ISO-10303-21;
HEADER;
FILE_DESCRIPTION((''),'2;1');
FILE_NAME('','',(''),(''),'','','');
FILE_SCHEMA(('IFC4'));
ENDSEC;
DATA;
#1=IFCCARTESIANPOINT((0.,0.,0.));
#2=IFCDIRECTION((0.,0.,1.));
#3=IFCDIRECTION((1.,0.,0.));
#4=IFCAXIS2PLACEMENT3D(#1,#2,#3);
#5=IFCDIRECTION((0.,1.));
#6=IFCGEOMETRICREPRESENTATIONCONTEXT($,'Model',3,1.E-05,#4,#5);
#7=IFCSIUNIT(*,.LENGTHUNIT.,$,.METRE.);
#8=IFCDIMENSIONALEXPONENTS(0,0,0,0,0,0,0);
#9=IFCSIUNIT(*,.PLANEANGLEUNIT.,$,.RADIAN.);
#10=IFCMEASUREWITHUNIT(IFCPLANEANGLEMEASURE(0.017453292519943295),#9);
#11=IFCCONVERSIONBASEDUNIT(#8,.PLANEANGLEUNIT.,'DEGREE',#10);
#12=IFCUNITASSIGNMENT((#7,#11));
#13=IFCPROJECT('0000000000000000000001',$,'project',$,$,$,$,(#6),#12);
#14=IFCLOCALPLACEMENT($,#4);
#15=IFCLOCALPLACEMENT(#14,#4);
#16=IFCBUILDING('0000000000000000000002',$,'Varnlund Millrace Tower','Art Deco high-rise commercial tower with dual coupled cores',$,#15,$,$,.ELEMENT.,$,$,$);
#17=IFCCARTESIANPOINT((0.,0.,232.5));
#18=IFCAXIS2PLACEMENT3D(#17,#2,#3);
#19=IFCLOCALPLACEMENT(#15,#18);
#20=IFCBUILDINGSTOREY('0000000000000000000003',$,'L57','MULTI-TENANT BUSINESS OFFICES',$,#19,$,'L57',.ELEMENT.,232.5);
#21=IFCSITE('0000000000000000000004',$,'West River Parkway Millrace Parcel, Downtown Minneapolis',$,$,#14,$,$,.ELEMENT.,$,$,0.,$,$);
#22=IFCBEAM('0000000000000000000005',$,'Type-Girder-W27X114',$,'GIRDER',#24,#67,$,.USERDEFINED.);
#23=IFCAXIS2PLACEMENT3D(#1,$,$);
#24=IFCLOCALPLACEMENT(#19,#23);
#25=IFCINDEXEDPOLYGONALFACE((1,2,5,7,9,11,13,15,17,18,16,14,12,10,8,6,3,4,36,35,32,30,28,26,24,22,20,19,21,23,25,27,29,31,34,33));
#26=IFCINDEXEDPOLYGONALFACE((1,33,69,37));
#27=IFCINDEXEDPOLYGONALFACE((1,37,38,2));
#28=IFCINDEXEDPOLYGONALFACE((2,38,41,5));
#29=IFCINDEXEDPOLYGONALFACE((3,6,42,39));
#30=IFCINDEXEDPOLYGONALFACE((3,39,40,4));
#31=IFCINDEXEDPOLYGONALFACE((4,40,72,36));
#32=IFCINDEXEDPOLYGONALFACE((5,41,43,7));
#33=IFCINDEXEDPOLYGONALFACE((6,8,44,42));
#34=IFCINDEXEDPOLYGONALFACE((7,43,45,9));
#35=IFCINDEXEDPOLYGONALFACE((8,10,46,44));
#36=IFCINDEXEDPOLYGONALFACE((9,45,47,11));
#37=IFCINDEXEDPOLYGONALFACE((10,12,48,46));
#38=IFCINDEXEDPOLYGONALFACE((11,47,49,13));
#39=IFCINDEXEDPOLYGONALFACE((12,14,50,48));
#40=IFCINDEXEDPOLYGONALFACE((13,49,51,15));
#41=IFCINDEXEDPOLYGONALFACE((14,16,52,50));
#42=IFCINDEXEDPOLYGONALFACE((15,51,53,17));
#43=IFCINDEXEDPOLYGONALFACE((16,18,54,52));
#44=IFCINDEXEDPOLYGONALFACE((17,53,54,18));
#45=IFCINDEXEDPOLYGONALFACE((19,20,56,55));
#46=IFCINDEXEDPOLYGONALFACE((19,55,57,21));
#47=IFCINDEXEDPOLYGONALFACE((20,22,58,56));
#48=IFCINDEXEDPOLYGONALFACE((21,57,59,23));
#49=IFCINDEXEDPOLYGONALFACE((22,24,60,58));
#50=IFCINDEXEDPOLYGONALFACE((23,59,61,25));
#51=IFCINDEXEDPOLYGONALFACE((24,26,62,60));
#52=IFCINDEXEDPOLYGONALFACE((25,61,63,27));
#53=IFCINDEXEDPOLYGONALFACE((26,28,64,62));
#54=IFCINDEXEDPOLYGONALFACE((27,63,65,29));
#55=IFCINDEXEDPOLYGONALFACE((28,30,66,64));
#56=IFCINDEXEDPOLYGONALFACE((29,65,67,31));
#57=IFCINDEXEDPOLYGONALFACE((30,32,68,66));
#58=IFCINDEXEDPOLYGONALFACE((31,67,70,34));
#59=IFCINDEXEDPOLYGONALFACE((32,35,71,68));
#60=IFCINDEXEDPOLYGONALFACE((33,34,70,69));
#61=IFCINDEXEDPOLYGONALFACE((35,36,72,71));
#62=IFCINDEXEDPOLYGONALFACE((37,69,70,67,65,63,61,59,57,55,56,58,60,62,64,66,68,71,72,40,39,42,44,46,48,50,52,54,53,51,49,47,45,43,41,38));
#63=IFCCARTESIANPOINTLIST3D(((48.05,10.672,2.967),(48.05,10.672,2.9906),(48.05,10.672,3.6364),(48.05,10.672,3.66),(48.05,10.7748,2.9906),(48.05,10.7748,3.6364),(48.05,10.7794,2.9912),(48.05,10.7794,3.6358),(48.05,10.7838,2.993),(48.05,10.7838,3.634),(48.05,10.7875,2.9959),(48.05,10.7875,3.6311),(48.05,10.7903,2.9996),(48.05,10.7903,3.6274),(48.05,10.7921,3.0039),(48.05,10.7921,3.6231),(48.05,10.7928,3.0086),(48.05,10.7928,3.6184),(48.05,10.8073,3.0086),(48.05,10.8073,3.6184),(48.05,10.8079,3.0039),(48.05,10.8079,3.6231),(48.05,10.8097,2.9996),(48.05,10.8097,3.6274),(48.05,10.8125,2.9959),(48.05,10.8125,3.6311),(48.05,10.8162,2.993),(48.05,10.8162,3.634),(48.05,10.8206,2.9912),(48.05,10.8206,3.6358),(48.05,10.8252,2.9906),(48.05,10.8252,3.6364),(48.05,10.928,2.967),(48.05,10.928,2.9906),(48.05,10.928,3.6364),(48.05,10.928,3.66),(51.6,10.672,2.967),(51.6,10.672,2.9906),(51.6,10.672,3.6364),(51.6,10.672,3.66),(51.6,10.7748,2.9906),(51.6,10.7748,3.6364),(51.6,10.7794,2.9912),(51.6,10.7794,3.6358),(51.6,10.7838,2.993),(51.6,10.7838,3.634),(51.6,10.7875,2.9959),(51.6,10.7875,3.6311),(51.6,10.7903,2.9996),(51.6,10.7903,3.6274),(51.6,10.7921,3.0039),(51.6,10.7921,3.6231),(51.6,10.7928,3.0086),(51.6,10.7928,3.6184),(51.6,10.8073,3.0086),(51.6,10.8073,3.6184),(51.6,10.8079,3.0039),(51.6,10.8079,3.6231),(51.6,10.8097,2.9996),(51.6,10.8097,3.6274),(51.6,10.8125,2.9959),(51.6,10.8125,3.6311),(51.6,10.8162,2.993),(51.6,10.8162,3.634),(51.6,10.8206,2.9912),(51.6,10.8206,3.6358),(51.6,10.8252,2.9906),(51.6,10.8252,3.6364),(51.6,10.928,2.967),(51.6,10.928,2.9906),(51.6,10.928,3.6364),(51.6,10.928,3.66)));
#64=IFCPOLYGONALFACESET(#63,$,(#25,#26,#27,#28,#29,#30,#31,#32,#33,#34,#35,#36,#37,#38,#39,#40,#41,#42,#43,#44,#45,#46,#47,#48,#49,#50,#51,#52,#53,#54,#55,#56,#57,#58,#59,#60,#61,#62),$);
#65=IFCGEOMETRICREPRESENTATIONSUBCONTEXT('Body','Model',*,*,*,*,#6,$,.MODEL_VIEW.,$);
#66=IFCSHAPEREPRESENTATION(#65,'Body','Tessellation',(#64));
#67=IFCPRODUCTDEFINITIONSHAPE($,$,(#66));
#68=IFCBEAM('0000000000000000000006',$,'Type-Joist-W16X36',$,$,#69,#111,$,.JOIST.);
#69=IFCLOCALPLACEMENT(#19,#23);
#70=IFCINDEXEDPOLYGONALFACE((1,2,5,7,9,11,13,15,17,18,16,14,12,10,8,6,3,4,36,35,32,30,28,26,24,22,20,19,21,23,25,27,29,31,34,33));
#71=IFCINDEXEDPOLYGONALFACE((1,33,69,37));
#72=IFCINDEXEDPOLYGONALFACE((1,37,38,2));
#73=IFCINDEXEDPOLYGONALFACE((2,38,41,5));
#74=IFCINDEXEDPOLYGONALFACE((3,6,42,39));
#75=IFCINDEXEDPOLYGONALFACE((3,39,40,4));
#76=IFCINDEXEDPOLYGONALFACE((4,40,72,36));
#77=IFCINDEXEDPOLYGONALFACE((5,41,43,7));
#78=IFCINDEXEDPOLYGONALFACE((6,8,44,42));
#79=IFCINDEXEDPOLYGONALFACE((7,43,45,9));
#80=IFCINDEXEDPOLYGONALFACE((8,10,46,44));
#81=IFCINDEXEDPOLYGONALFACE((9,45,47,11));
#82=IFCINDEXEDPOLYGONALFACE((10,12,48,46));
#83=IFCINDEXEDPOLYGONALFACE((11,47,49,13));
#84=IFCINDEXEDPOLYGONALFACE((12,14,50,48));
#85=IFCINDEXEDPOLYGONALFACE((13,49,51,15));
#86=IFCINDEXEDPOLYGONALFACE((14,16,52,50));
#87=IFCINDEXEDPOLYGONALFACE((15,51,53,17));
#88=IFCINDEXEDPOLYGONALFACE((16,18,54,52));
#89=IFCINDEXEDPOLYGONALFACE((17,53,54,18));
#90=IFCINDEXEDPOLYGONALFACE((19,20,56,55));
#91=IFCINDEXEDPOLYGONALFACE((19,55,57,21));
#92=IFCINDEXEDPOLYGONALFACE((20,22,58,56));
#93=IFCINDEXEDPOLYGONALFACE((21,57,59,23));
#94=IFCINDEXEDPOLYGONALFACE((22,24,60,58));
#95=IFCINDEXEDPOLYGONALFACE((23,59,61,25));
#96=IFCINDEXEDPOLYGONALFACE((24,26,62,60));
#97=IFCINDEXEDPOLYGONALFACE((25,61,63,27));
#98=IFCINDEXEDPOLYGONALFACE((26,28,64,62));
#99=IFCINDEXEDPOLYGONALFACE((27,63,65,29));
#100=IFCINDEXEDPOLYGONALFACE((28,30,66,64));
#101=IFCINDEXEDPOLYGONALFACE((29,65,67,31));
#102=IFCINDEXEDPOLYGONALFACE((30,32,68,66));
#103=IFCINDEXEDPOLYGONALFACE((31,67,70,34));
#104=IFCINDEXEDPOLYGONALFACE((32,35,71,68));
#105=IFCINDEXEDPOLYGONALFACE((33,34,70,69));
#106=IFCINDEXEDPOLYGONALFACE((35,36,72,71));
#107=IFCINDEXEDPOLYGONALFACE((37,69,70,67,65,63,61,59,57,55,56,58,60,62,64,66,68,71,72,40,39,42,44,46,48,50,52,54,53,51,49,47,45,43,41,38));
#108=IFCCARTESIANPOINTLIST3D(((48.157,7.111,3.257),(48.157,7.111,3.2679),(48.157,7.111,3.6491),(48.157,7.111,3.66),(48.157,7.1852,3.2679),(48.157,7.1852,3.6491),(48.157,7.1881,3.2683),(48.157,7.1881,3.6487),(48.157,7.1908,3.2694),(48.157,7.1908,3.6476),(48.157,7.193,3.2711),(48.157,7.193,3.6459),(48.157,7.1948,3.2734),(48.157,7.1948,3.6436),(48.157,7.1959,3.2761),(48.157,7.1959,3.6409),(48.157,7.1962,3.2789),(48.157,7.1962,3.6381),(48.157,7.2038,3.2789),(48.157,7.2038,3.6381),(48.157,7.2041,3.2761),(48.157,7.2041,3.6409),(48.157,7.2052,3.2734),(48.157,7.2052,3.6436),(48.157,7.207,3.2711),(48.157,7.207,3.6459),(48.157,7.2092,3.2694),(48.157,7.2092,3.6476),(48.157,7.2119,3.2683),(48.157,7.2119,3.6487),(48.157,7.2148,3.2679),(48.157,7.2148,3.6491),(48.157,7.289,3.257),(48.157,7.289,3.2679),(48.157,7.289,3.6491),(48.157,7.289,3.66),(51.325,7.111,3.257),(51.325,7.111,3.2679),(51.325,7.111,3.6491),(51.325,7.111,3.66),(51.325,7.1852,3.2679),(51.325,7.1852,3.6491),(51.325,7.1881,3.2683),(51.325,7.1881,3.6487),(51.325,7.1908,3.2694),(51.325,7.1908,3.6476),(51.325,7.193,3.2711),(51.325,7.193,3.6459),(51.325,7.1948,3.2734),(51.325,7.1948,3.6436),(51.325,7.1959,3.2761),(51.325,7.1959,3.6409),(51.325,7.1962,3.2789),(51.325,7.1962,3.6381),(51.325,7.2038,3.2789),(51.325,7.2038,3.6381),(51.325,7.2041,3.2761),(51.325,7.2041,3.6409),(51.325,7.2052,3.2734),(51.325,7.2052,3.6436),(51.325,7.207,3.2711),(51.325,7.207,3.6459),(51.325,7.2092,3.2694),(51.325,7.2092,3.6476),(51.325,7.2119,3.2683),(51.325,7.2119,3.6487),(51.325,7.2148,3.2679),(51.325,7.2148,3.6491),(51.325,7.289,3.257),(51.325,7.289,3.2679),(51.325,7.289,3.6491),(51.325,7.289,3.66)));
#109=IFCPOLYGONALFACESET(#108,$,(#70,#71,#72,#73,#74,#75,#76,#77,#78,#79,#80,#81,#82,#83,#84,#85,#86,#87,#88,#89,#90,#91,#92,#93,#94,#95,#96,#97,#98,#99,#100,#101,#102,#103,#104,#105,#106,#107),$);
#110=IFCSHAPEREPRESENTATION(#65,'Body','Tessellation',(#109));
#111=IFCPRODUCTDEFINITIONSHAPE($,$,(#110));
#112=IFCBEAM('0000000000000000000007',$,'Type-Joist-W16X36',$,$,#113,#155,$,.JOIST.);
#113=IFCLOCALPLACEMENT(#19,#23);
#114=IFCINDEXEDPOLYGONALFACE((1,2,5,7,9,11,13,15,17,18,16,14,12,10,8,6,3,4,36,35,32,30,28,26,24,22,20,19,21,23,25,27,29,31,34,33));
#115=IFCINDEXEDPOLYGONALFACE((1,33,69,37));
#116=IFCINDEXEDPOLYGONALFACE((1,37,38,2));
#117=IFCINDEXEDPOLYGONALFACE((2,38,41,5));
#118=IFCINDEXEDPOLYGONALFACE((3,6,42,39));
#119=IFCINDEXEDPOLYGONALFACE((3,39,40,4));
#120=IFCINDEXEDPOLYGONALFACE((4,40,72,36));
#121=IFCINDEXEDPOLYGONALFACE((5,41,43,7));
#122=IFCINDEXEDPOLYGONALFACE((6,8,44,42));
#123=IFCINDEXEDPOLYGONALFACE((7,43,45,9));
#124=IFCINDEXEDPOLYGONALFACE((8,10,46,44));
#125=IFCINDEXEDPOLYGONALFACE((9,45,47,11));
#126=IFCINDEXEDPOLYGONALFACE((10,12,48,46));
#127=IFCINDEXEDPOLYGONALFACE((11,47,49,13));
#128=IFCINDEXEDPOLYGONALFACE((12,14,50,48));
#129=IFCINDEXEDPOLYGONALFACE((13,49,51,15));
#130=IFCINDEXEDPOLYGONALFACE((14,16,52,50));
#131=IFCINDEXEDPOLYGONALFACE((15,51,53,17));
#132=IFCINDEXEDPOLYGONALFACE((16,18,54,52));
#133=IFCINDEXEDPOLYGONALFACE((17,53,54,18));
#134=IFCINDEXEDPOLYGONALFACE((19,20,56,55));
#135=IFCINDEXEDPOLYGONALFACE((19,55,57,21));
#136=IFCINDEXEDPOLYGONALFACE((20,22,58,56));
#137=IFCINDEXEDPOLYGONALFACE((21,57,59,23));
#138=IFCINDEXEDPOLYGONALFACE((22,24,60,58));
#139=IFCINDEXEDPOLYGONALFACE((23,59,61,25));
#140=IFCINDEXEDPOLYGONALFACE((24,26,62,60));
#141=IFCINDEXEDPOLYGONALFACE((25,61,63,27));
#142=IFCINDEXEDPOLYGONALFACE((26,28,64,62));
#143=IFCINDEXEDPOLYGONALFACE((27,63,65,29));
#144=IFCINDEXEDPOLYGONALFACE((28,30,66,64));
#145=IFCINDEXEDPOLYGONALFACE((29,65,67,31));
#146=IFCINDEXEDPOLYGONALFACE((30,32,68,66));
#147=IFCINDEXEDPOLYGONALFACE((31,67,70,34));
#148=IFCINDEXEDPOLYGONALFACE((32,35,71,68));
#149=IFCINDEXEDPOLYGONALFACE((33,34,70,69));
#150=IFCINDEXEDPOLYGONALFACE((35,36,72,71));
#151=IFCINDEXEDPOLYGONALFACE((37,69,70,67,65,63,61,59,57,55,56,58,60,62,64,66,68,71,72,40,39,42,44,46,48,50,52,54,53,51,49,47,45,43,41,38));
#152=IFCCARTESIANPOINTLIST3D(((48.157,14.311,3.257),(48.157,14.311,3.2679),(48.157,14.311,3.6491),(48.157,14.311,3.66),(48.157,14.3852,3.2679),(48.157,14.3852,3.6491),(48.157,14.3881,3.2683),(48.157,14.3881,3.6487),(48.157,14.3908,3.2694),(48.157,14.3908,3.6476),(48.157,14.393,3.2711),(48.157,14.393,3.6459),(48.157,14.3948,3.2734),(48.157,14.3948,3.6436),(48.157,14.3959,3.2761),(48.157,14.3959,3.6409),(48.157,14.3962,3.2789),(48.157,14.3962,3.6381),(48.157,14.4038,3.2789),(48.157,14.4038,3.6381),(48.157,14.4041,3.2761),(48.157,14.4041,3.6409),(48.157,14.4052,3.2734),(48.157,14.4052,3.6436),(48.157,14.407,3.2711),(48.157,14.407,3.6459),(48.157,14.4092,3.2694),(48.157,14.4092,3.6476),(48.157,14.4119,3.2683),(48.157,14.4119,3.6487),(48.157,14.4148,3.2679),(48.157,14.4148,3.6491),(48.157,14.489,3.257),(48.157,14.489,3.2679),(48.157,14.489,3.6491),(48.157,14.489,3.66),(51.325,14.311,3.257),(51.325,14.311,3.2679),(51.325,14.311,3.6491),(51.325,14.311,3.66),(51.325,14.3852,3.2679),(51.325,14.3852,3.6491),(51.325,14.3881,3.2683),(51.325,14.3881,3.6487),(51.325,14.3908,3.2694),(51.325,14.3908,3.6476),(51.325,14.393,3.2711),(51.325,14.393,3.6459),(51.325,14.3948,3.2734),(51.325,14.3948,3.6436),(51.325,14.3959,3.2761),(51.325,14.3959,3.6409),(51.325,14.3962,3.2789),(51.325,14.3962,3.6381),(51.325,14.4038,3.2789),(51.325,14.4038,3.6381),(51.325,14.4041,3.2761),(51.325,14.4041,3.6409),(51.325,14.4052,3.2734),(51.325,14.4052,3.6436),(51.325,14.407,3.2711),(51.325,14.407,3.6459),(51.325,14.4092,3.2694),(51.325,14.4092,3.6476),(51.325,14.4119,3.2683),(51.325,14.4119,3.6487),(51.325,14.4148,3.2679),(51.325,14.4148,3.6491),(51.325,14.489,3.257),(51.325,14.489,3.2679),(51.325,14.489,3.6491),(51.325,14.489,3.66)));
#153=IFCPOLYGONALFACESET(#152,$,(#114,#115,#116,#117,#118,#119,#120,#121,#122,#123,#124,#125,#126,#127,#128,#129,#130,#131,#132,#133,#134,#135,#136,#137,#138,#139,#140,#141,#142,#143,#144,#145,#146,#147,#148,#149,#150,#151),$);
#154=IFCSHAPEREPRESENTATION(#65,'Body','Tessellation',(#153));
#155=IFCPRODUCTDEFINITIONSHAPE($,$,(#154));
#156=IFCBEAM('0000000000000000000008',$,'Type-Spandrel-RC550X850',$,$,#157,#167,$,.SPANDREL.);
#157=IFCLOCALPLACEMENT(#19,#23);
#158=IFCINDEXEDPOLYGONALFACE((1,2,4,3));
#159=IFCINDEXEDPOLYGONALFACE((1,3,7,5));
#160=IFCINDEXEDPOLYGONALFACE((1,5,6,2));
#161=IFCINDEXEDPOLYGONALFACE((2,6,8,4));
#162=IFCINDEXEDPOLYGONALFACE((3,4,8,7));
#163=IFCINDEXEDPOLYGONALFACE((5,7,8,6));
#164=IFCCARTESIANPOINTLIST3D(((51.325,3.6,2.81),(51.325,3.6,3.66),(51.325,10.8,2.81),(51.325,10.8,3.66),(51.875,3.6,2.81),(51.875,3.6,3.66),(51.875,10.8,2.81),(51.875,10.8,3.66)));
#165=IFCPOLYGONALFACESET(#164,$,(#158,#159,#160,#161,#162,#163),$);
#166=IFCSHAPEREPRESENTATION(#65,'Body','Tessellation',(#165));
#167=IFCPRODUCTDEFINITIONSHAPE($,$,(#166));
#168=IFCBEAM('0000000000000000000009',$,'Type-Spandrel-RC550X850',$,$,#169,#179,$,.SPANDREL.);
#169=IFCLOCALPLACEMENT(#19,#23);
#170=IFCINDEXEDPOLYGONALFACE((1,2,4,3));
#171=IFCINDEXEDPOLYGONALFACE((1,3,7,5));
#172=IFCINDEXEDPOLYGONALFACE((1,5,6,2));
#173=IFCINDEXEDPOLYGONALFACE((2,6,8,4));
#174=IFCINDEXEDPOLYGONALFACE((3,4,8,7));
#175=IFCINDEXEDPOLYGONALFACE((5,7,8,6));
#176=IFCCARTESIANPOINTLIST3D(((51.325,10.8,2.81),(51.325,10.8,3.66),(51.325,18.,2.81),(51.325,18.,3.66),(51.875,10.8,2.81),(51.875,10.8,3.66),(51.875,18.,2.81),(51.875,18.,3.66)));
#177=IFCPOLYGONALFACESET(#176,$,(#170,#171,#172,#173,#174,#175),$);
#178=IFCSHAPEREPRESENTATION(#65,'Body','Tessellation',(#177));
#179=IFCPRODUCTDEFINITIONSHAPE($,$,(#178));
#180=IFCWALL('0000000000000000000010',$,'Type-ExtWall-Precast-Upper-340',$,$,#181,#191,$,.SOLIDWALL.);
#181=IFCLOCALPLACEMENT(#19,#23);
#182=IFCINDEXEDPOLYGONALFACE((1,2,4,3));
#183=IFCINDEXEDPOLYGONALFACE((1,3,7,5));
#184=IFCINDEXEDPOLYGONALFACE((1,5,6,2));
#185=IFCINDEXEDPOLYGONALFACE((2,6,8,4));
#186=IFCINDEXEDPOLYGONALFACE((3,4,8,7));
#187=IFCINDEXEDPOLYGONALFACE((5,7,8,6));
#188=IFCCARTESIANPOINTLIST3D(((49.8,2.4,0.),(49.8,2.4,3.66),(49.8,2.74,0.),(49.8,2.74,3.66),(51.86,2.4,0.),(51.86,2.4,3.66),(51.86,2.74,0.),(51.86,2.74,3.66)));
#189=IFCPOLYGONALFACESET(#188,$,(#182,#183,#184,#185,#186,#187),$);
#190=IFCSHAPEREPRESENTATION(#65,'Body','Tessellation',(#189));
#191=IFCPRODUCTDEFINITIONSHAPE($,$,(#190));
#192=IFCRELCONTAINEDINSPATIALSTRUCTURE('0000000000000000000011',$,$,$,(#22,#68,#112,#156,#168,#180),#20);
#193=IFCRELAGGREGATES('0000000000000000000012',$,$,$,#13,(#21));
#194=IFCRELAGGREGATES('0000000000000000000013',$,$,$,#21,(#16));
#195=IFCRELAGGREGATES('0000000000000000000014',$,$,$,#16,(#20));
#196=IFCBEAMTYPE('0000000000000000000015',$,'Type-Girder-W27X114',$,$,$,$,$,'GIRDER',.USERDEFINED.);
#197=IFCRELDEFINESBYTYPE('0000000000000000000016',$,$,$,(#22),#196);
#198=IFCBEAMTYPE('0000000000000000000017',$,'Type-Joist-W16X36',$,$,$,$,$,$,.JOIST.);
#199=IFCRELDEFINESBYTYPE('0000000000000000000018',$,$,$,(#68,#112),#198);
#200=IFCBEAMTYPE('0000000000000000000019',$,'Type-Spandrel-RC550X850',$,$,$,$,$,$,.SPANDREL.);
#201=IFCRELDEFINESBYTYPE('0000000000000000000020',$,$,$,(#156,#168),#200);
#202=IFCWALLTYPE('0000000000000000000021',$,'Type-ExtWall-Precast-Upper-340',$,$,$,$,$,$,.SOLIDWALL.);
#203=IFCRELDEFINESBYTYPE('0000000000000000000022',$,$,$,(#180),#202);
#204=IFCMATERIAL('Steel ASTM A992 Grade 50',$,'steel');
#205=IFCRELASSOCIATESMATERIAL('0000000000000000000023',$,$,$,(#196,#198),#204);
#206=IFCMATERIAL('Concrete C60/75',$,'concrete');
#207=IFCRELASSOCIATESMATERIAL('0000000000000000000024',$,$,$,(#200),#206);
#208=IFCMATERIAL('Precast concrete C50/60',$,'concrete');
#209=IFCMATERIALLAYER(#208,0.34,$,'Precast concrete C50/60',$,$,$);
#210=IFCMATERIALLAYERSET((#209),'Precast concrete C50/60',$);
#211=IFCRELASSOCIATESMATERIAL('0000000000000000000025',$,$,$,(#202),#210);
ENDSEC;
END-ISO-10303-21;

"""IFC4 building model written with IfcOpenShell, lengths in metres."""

from ifc_helpers import new_model, entity, si_unit, converted_unit, direction, frame, origin_with_axes, origin_2d_with_axis, place, context, subcontext, project, spatial, polyline, rectangle, i_section, outline, extrude, material, layer, layer_set, material_profile, profile_set, type_object, element, save


model = new_model("IFC4")

# Units and contexts
model_context = context("Model", 3, precision=1e-05, world=origin_with_axes(), true_north=direction((0.0, 1.0)))
body_context = subcontext(model_context, "Body", "Model", "MODEL_VIEW")
ifc_project = project(units=[si_unit("LENGTHUNIT", "METRE"), converted_unit("PLANEANGLEUNIT", "DEGREE", entity("IfcPlaneAngleMeasure", 0.017453292519943295), si_unit("PLANEANGLEUNIT", "RADIAN"), dimensions=[0, 0, 0, 0, 0, 0, 0])], contexts=[model_context])

# Site, building, storey
site_placement = place(None, origin_with_axes())
site = spatial("IfcSite", under=ifc_project, at=site_placement, Name="West River Parkway Millrace Parcel, Downtown Minneapolis", CompositionType="ELEMENT", RefElevation=0.0)
building_placement = place(site_placement, origin_with_axes())
building = spatial("IfcBuilding", under=site, at=building_placement, Name="Varnlund Millrace Tower", Description="Art Deco high-rise commercial tower with dual coupled cores", CompositionType="ELEMENT")
storey_placement = place(building_placement, frame((0.0, 0.0, 232.5), z_axis=(0.0, 0.0, 1.0), x_axis=(1.0, 0.0, 0.0)))
storey = spatial("IfcBuildingStorey", under=building, at=storey_placement, Name="L57", Description="MULTI-TENANT BUSINESS OFFICES", LongName="L57", CompositionType="ELEMENT", Elevation=232.5)

# Beams
ifc_material_1 = material(Name="Steel ASTM A992 Grade 50", Category="steel")
ifc_material_profile_1 = material_profile(ifc_material_1, i_section(OverallWidth=0.256, OverallDepth=0.693, WebThickness=0.0145, FlangeThickness=0.0236, FilletRadius=0.018, at=origin_2d_with_axis()), Name="Steel ASTM A992 Grade 50")
ifc_profile_set_1 = profile_set([ifc_material_profile_1], Name="Steel ASTM A992 Grade 50")
beam_type_1 = type_object("IfcBeamType", Name="Type-Girder-W27X114", ElementType="GIRDER", PredefinedType="USERDEFINED", material=ifc_profile_set_1)
beam_1_placement = place(storey_placement, frame((48.05, 10.8, 3.3135), z_axis=(1.0, 0.0, 0.0), x_axis=(0.0, 1.0, 0.0)))
element("IfcBeam", 1, at=beam_1_placement, inside=storey, type_object=beam_type_1, Name="Type-Girder-W27X114", ObjectType="GIRDER", PredefinedType="USERDEFINED", context=body_context, shape_type="SweptSolid", body=[
    extrude(i_section(OverallWidth=0.256, OverallDepth=0.693, WebThickness=0.0145, FlangeThickness=0.0236, FilletRadius=0.018, at=origin_2d_with_axis()), origin_with_axes(), (0.0, 0.0, 1.0), 3.55),
])
ifc_material_profile_2 = material_profile(ifc_material_1, i_section(OverallWidth=0.178, OverallDepth=0.403, WebThickness=0.0075, FlangeThickness=0.0109, FilletRadius=0.011, at=origin_2d_with_axis()), Name="Steel ASTM A992 Grade 50")
ifc_profile_set_2 = profile_set([ifc_material_profile_2], Name="Steel ASTM A992 Grade 50")
beam_type_2 = type_object("IfcBeamType", Name="Type-Joist-W16X36", PredefinedType="JOIST", material=ifc_profile_set_2)
for number, where, z_axis, x_axis, name in (
    (2, (48.157, 7.2, 3.4585), (1.0, 0.0, 0.0), (0.0, 1.0, 0.0), "Type-Joist-W16X36"),
    (3, (48.157, 14.4, 3.4585), (1.0, 0.0, 0.0), (0.0, 1.0, 0.0), "Type-Joist-W16X36"),
):
    element("IfcBeam", number, at=place(storey_placement, frame(where, z_axis=z_axis, x_axis=x_axis)), inside=storey, type_object=beam_type_2, Name=name, PredefinedType="JOIST", context=body_context, shape_type="SweptSolid", body=[
        extrude(i_section(OverallWidth=0.178, OverallDepth=0.403, WebThickness=0.0075, FlangeThickness=0.0109, FilletRadius=0.011, at=origin_2d_with_axis()), origin_with_axes(), (0.0, 0.0, 1.0), 3.168),
    ])
ifc_material_2 = material(Name="Concrete C60/75", Category="concrete")
ifc_material_profile_3 = material_profile(ifc_material_2, rectangle(XDim=0.55, YDim=0.85, at=origin_2d_with_axis()), Name="Concrete C60/75")
ifc_profile_set_3 = profile_set([ifc_material_profile_3], Name="Concrete C60/75")
beam_type_3 = type_object("IfcBeamType", Name="Type-Spandrel-RC550X850", PredefinedType="SPANDREL", material=ifc_profile_set_3)
for number, where, z_axis, x_axis, name in (
    (4, (51.6, 3.6, 3.235), (0.0, 1.0, 0.0), (-1.0, 0.0, 0.0), "Type-Spandrel-RC550X850"),
    (5, (51.6, 10.8, 3.235), (0.0, 1.0, 0.0), (-1.0, 0.0, 0.0), "Type-Spandrel-RC550X850"),
):
    element("IfcBeam", number, at=place(storey_placement, frame(where, z_axis=z_axis, x_axis=x_axis)), inside=storey, type_object=beam_type_3, Name=name, PredefinedType="SPANDREL", context=body_context, shape_type="SweptSolid", body=[
        extrude(rectangle(XDim=0.55, YDim=0.85, at=origin_2d_with_axis()), origin_with_axes(), (0.0, 0.0, 1.0), 7.2),
    ])

# Wall
ifc_material_3 = material(Name="Precast concrete C50/60", Category="concrete")
ifc_layer_1 = layer(ifc_material_3, 0.34, Name="Precast concrete C50/60")
ifc_layer_set_1 = layer_set([ifc_layer_1], Name="Precast concrete C50/60")
wall_type_1 = type_object("IfcWallType", Name="Type-ExtWall-Precast-Upper-340", PredefinedType="SOLIDWALL", material=ifc_layer_set_1)
wall_1_placement = place(storey_placement, frame((51.86, 2.57, 0.0), z_axis=(0.0, 0.0, 1.0), x_axis=(-1.0, 0.0, 0.0)))
element("IfcWall", 6, at=wall_1_placement, inside=storey, type_object=wall_type_1, Name="Type-ExtWall-Precast-Upper-340", PredefinedType="SOLIDWALL", context=body_context, shape_type="SweptSolid", body=[
    extrude(outline(polyline([(0.0, -0.17), (2.06, -0.17), (2.06, 0.17), (0.0, 0.17), (0.0, -0.17)])), origin_with_axes(), (0.0, 0.0, 1.0), 3.66),
])

save(model, "model.ifc")
